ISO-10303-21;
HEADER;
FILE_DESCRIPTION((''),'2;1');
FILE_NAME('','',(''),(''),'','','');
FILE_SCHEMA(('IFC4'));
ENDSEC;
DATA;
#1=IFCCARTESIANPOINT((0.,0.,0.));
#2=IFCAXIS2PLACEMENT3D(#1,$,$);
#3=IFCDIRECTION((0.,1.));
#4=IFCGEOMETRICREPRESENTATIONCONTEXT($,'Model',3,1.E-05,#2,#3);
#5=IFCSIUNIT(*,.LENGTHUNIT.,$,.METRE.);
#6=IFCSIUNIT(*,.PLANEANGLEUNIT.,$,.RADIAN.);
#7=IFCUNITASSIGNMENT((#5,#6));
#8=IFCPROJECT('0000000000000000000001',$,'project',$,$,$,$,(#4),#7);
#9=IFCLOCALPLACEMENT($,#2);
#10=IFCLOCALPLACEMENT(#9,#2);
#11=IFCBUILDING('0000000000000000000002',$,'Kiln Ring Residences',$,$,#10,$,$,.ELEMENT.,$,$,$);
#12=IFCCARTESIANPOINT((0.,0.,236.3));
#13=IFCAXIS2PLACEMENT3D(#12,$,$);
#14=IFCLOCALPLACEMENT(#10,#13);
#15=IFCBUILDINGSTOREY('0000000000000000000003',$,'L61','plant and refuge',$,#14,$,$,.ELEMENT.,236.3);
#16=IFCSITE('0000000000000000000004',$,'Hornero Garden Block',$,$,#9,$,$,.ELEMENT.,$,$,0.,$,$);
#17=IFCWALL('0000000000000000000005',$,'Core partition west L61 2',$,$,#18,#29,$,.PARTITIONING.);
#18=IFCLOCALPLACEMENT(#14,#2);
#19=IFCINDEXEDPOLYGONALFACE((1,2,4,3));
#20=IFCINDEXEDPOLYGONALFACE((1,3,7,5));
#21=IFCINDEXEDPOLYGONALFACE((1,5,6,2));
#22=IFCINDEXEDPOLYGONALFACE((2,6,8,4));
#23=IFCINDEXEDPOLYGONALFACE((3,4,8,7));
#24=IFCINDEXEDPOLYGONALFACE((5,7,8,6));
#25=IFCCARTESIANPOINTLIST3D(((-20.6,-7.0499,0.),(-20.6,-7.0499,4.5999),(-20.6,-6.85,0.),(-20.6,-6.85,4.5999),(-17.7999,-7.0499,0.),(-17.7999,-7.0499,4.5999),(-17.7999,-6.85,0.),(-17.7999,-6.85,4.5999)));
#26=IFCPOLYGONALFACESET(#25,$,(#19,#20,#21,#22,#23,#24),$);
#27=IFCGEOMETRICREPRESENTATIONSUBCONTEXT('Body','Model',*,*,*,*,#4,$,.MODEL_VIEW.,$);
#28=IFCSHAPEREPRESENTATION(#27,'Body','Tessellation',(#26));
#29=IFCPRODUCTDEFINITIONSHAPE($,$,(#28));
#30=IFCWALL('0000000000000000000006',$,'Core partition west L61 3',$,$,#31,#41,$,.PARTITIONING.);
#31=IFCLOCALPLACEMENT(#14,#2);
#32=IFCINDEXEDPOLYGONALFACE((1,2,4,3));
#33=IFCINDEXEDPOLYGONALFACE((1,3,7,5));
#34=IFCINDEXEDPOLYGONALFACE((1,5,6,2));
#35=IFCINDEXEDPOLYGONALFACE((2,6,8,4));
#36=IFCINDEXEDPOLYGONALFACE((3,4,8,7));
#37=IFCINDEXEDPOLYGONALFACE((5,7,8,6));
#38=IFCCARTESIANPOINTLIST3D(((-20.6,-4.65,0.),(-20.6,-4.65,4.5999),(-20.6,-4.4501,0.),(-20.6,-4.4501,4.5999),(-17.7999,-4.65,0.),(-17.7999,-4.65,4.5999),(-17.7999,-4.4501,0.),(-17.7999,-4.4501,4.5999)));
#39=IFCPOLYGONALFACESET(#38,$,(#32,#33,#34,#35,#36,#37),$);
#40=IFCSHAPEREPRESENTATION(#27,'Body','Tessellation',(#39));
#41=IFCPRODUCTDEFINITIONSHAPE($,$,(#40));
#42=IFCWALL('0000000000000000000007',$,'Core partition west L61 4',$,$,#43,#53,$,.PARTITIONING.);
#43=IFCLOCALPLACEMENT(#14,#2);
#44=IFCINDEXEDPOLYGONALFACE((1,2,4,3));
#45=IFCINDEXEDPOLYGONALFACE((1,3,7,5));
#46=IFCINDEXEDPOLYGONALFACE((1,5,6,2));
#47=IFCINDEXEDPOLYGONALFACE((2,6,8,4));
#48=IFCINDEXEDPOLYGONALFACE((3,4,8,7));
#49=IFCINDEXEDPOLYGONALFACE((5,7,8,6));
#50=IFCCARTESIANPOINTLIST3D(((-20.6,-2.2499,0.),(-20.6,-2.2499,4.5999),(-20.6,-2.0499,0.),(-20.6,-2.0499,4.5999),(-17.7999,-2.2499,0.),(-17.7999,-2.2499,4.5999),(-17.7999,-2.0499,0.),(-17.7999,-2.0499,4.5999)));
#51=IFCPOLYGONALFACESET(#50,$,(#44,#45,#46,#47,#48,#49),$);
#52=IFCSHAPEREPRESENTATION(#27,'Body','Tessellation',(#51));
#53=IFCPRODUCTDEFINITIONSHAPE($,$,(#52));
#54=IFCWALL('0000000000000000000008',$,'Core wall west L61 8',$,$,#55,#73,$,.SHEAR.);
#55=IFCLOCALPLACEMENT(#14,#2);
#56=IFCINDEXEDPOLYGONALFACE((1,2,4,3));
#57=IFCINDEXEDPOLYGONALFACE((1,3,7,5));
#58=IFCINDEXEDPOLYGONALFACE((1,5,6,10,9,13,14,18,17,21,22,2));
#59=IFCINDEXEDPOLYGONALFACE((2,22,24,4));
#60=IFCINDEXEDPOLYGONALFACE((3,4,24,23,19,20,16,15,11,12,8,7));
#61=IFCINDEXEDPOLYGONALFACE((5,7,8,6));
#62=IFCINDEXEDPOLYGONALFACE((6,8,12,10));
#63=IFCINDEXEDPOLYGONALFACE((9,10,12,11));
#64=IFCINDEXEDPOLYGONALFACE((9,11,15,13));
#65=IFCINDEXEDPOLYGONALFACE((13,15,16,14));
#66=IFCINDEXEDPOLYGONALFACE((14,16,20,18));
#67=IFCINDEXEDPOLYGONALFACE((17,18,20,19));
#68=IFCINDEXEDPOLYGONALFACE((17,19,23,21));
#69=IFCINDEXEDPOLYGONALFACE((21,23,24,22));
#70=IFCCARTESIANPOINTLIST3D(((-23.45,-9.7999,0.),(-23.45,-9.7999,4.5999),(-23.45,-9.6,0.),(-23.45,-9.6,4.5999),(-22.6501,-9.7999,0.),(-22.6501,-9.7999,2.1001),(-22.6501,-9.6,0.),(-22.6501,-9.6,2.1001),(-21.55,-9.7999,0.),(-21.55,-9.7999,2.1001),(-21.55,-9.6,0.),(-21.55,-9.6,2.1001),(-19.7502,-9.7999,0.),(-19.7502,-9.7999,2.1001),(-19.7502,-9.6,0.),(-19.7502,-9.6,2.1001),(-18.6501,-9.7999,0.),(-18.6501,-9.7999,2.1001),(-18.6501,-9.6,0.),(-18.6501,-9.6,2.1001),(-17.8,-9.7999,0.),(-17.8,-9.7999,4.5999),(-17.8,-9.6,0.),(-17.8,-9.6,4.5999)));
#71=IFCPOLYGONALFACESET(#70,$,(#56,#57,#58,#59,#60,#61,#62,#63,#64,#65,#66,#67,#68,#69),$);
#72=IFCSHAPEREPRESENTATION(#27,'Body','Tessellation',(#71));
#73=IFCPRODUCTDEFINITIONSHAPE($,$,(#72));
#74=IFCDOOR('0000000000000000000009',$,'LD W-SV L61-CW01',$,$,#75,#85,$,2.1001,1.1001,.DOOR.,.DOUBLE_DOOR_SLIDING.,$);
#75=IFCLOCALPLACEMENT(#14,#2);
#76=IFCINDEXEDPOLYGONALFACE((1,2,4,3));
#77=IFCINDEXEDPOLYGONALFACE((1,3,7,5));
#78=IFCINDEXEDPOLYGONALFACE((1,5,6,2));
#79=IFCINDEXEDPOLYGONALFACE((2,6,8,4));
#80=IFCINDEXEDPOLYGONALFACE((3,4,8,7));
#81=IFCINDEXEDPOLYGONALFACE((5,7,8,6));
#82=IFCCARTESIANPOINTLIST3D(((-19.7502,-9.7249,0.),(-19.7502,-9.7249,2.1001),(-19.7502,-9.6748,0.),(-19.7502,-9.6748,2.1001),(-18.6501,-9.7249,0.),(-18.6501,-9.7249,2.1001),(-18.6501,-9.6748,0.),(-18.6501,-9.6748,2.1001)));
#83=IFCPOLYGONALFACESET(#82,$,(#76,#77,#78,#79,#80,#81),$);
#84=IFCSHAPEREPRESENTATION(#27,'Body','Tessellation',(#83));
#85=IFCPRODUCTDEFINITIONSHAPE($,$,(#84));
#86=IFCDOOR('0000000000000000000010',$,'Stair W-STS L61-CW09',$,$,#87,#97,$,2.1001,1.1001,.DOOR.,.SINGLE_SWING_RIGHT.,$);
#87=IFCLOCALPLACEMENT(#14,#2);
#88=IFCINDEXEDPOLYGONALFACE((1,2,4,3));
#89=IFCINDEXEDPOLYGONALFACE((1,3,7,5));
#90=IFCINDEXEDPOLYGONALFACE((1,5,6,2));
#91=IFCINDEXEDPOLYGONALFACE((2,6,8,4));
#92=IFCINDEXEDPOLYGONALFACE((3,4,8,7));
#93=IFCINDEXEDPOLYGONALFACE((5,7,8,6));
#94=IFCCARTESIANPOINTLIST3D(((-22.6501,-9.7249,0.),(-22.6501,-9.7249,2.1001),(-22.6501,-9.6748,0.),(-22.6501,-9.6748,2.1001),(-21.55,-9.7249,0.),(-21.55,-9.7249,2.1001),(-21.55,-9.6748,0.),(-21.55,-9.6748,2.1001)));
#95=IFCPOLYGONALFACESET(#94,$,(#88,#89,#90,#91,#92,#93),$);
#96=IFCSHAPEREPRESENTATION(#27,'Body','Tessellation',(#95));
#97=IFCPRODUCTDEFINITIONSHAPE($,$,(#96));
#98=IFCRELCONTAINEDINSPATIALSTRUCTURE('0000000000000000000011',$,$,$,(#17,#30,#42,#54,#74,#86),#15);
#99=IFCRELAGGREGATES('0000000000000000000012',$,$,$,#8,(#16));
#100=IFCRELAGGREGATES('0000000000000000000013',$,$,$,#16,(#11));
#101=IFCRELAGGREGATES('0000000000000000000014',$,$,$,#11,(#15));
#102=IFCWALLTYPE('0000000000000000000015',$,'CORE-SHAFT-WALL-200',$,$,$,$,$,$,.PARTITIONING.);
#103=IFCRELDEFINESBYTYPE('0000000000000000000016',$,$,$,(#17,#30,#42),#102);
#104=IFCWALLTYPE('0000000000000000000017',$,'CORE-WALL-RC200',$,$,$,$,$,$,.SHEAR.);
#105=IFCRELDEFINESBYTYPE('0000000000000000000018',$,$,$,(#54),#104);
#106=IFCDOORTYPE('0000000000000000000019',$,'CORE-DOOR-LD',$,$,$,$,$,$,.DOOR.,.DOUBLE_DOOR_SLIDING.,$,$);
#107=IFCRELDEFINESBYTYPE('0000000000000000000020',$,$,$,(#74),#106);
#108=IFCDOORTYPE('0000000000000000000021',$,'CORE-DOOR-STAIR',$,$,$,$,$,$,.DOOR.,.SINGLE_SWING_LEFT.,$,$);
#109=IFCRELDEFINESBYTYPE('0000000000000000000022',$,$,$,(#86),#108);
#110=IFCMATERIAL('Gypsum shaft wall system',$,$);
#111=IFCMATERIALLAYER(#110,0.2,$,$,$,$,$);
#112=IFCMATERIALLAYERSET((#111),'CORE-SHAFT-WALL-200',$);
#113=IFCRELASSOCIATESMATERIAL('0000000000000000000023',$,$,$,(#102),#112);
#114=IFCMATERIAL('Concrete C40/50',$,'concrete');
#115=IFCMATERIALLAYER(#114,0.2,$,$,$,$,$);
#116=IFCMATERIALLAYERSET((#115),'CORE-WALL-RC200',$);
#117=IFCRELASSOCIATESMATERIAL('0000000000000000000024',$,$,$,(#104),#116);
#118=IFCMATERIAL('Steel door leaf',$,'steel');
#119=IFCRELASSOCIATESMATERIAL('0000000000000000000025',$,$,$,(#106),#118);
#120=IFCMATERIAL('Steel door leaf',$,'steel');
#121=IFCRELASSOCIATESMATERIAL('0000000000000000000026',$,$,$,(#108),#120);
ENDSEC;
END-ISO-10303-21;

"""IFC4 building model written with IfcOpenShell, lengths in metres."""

from ifc_helpers import new_model, si_unit, direction, frame, frame_2d, origin, place, context, subcontext, project, spatial, rectangle, extrude, material, layer, layer_set, type_object, element, fill, save


model = new_model("IFC4")

# Units and contexts
model_context = context("Model", 3, precision=1e-05, world=origin(), true_north=direction((0.0, 1.0)))
body_context = subcontext(model_context, "Body", "Model", "MODEL_VIEW")
ifc_project = project(units=[si_unit("LENGTHUNIT", "METRE"), si_unit("PLANEANGLEUNIT", "RADIAN")], contexts=[model_context])

# Site, building, storey
site_placement = place(None, origin())
site = spatial("IfcSite", under=ifc_project, at=site_placement, Name="Hornero Garden Block", CompositionType="ELEMENT", RefElevation=0.0)
building_placement = place(site_placement, origin())
building = spatial("IfcBuilding", under=site, at=building_placement, Name="Kiln Ring Residences", CompositionType="ELEMENT")
storey_placement = place(building_placement, frame((0.0, 0.0, 236.3)))
storey = spatial("IfcBuildingStorey", under=building, at=storey_placement, Name="L61", Description="plant and refuge", CompositionType="ELEMENT", Elevation=236.3)

# Walls
ifc_material_1 = material(Name="Gypsum shaft wall system")
ifc_layer_1 = layer(ifc_material_1, 0.2)
ifc_layer_set_1 = layer_set([ifc_layer_1], Name="CORE-SHAFT-WALL-200")
wall_type_1 = type_object("IfcWallType", Name="CORE-SHAFT-WALL-200", PredefinedType="PARTITIONING", material=ifc_layer_set_1)
for number, where, z_axis, x_axis, name in (
    (1, (-17.8, -6.95, 0.0), (0.0, 0.0, 1.0), (-1.0, 0.0, 0.0), "Core partition west L61 2"),
    (2, (-17.8, -4.55, 0.0), (0.0, 0.0, 1.0), (-1.0, 0.0, 0.0), "Core partition west L61 3"),
    (3, (-17.8, -2.1499, 0.0), (0.0, 0.0, 1.0), (-1.0, 0.0, 0.0), "Core partition west L61 4"),
):
    element("IfcWall", number, at=place(storey_placement, frame(where, z_axis=z_axis, x_axis=x_axis)), inside=storey, type_object=wall_type_1, Name=name, PredefinedType="PARTITIONING", context=body_context, shape_type="SweptSolid", body=[
        extrude(rectangle(XDim=2.8, YDim=0.2, at=frame_2d((1.3999, 0.0))), origin(), (0.0, 0.0, 1.0), 4.5999),
    ])

# Wall, openings, doors
ifc_material_2 = material(Name="Concrete C40/50", Category="concrete")
ifc_layer_2 = layer(ifc_material_2, 0.2)
ifc_layer_set_2 = layer_set([ifc_layer_2], Name="CORE-WALL-RC200")
wall_type_2 = type_object("IfcWallType", Name="CORE-WALL-RC200", PredefinedType="SHEAR", material=ifc_layer_set_2)
wall_1_placement = place(storey_placement, frame((-17.8, -9.7, 0.0), z_axis=(0.0, 0.0, 1.0), x_axis=(-1.0, 0.0, 0.0)))
wall_1 = element("IfcWall", 4, at=wall_1_placement, inside=storey, type_object=wall_type_2, Name="Core wall west L61 8", PredefinedType="SHEAR", context=body_context, shape_type="SweptSolid", body=[
    extrude(rectangle(XDim=5.6499, YDim=0.2, at=frame_2d((2.825, 0.0))), origin(), (0.0, 0.0, 1.0), 4.5999),
])
opening_1_placement = place(wall_1_placement, frame((0.8501, 0.0, 0.0)))
opening_1 = element("IfcOpeningElement", 5, at=opening_1_placement, cuts=wall_1, PredefinedType="OPENING", context=body_context, shape_type="SweptSolid", body=[
    extrude(rectangle(XDim=1.1001, YDim=2.1001, at=frame_2d((0.55, 1.05))), frame((0.0, 0.1099, 0.0), z_axis=(0.0, -1.0, 0.0), x_axis=(1.0, 0.0, 0.0)), (0.0, 0.0, 1.0), 0.22),
])
opening_2_placement = place(wall_1_placement, frame((3.75, 0.0, 0.0)))
opening_2 = element("IfcOpeningElement", 6, at=opening_2_placement, cuts=wall_1, PredefinedType="OPENING", context=body_context, shape_type="SweptSolid", body=[
    extrude(rectangle(XDim=1.1001, YDim=2.1001, at=frame_2d((0.55, 1.05))), frame((0.0, 0.1099, 0.0), z_axis=(0.0, -1.0, 0.0), x_axis=(1.0, 0.0, 0.0)), (0.0, 0.0, 1.0), 0.22),
])
ifc_material_3 = material(Name="Steel door leaf", Category="steel")
door_type_1 = type_object("IfcDoorType", Name="CORE-DOOR-LD", OperationType="DOUBLE_DOOR_SLIDING", PredefinedType="DOOR", material=ifc_material_3)
door_1_placement = place(opening_1_placement, origin())
door_1 = element("IfcDoor", 7, at=door_1_placement, inside=storey, type_object=door_type_1, Name="LD W-SV L61-CW01", OperationType="DOUBLE_DOOR_SLIDING", OverallHeight=2.1001, OverallWidth=1.1001, PredefinedType="DOOR", context=body_context, shape_type="SweptSolid", body=[
    extrude(rectangle(XDim=1.1001, YDim=2.1001, at=frame_2d((0.55, 1.05))), frame((0.0, 0.0249, 0.0), z_axis=(0.0, -1.0, 0.0), x_axis=(1.0, 0.0, 0.0)), (0.0, 0.0, 1.0), 0.05),
])
fill(opening_1, door_1)
ifc_material_4 = material(Name="Steel door leaf", Category="steel")
door_type_2 = type_object("IfcDoorType", Name="CORE-DOOR-STAIR", OperationType="SINGLE_SWING_LEFT", PredefinedType="DOOR", material=ifc_material_4)
door_2_placement = place(opening_2_placement, origin())
door_2 = element("IfcDoor", 8, at=door_2_placement, inside=storey, type_object=door_type_2, Name="Stair W-STS L61-CW09", OperationType="SINGLE_SWING_RIGHT", OverallHeight=2.1001, OverallWidth=1.1001, PredefinedType="DOOR", context=body_context, shape_type="SweptSolid", body=[
    extrude(rectangle(XDim=1.1001, YDim=2.1001, at=frame_2d((0.55, 1.05))), frame((0.0, 0.0249, 0.0), z_axis=(0.0, -1.0, 0.0), x_axis=(1.0, 0.0, 0.0)), (0.0, 0.0, 1.0), 0.05),
])
fill(opening_2, door_2)

save(model, "model.ifc")
